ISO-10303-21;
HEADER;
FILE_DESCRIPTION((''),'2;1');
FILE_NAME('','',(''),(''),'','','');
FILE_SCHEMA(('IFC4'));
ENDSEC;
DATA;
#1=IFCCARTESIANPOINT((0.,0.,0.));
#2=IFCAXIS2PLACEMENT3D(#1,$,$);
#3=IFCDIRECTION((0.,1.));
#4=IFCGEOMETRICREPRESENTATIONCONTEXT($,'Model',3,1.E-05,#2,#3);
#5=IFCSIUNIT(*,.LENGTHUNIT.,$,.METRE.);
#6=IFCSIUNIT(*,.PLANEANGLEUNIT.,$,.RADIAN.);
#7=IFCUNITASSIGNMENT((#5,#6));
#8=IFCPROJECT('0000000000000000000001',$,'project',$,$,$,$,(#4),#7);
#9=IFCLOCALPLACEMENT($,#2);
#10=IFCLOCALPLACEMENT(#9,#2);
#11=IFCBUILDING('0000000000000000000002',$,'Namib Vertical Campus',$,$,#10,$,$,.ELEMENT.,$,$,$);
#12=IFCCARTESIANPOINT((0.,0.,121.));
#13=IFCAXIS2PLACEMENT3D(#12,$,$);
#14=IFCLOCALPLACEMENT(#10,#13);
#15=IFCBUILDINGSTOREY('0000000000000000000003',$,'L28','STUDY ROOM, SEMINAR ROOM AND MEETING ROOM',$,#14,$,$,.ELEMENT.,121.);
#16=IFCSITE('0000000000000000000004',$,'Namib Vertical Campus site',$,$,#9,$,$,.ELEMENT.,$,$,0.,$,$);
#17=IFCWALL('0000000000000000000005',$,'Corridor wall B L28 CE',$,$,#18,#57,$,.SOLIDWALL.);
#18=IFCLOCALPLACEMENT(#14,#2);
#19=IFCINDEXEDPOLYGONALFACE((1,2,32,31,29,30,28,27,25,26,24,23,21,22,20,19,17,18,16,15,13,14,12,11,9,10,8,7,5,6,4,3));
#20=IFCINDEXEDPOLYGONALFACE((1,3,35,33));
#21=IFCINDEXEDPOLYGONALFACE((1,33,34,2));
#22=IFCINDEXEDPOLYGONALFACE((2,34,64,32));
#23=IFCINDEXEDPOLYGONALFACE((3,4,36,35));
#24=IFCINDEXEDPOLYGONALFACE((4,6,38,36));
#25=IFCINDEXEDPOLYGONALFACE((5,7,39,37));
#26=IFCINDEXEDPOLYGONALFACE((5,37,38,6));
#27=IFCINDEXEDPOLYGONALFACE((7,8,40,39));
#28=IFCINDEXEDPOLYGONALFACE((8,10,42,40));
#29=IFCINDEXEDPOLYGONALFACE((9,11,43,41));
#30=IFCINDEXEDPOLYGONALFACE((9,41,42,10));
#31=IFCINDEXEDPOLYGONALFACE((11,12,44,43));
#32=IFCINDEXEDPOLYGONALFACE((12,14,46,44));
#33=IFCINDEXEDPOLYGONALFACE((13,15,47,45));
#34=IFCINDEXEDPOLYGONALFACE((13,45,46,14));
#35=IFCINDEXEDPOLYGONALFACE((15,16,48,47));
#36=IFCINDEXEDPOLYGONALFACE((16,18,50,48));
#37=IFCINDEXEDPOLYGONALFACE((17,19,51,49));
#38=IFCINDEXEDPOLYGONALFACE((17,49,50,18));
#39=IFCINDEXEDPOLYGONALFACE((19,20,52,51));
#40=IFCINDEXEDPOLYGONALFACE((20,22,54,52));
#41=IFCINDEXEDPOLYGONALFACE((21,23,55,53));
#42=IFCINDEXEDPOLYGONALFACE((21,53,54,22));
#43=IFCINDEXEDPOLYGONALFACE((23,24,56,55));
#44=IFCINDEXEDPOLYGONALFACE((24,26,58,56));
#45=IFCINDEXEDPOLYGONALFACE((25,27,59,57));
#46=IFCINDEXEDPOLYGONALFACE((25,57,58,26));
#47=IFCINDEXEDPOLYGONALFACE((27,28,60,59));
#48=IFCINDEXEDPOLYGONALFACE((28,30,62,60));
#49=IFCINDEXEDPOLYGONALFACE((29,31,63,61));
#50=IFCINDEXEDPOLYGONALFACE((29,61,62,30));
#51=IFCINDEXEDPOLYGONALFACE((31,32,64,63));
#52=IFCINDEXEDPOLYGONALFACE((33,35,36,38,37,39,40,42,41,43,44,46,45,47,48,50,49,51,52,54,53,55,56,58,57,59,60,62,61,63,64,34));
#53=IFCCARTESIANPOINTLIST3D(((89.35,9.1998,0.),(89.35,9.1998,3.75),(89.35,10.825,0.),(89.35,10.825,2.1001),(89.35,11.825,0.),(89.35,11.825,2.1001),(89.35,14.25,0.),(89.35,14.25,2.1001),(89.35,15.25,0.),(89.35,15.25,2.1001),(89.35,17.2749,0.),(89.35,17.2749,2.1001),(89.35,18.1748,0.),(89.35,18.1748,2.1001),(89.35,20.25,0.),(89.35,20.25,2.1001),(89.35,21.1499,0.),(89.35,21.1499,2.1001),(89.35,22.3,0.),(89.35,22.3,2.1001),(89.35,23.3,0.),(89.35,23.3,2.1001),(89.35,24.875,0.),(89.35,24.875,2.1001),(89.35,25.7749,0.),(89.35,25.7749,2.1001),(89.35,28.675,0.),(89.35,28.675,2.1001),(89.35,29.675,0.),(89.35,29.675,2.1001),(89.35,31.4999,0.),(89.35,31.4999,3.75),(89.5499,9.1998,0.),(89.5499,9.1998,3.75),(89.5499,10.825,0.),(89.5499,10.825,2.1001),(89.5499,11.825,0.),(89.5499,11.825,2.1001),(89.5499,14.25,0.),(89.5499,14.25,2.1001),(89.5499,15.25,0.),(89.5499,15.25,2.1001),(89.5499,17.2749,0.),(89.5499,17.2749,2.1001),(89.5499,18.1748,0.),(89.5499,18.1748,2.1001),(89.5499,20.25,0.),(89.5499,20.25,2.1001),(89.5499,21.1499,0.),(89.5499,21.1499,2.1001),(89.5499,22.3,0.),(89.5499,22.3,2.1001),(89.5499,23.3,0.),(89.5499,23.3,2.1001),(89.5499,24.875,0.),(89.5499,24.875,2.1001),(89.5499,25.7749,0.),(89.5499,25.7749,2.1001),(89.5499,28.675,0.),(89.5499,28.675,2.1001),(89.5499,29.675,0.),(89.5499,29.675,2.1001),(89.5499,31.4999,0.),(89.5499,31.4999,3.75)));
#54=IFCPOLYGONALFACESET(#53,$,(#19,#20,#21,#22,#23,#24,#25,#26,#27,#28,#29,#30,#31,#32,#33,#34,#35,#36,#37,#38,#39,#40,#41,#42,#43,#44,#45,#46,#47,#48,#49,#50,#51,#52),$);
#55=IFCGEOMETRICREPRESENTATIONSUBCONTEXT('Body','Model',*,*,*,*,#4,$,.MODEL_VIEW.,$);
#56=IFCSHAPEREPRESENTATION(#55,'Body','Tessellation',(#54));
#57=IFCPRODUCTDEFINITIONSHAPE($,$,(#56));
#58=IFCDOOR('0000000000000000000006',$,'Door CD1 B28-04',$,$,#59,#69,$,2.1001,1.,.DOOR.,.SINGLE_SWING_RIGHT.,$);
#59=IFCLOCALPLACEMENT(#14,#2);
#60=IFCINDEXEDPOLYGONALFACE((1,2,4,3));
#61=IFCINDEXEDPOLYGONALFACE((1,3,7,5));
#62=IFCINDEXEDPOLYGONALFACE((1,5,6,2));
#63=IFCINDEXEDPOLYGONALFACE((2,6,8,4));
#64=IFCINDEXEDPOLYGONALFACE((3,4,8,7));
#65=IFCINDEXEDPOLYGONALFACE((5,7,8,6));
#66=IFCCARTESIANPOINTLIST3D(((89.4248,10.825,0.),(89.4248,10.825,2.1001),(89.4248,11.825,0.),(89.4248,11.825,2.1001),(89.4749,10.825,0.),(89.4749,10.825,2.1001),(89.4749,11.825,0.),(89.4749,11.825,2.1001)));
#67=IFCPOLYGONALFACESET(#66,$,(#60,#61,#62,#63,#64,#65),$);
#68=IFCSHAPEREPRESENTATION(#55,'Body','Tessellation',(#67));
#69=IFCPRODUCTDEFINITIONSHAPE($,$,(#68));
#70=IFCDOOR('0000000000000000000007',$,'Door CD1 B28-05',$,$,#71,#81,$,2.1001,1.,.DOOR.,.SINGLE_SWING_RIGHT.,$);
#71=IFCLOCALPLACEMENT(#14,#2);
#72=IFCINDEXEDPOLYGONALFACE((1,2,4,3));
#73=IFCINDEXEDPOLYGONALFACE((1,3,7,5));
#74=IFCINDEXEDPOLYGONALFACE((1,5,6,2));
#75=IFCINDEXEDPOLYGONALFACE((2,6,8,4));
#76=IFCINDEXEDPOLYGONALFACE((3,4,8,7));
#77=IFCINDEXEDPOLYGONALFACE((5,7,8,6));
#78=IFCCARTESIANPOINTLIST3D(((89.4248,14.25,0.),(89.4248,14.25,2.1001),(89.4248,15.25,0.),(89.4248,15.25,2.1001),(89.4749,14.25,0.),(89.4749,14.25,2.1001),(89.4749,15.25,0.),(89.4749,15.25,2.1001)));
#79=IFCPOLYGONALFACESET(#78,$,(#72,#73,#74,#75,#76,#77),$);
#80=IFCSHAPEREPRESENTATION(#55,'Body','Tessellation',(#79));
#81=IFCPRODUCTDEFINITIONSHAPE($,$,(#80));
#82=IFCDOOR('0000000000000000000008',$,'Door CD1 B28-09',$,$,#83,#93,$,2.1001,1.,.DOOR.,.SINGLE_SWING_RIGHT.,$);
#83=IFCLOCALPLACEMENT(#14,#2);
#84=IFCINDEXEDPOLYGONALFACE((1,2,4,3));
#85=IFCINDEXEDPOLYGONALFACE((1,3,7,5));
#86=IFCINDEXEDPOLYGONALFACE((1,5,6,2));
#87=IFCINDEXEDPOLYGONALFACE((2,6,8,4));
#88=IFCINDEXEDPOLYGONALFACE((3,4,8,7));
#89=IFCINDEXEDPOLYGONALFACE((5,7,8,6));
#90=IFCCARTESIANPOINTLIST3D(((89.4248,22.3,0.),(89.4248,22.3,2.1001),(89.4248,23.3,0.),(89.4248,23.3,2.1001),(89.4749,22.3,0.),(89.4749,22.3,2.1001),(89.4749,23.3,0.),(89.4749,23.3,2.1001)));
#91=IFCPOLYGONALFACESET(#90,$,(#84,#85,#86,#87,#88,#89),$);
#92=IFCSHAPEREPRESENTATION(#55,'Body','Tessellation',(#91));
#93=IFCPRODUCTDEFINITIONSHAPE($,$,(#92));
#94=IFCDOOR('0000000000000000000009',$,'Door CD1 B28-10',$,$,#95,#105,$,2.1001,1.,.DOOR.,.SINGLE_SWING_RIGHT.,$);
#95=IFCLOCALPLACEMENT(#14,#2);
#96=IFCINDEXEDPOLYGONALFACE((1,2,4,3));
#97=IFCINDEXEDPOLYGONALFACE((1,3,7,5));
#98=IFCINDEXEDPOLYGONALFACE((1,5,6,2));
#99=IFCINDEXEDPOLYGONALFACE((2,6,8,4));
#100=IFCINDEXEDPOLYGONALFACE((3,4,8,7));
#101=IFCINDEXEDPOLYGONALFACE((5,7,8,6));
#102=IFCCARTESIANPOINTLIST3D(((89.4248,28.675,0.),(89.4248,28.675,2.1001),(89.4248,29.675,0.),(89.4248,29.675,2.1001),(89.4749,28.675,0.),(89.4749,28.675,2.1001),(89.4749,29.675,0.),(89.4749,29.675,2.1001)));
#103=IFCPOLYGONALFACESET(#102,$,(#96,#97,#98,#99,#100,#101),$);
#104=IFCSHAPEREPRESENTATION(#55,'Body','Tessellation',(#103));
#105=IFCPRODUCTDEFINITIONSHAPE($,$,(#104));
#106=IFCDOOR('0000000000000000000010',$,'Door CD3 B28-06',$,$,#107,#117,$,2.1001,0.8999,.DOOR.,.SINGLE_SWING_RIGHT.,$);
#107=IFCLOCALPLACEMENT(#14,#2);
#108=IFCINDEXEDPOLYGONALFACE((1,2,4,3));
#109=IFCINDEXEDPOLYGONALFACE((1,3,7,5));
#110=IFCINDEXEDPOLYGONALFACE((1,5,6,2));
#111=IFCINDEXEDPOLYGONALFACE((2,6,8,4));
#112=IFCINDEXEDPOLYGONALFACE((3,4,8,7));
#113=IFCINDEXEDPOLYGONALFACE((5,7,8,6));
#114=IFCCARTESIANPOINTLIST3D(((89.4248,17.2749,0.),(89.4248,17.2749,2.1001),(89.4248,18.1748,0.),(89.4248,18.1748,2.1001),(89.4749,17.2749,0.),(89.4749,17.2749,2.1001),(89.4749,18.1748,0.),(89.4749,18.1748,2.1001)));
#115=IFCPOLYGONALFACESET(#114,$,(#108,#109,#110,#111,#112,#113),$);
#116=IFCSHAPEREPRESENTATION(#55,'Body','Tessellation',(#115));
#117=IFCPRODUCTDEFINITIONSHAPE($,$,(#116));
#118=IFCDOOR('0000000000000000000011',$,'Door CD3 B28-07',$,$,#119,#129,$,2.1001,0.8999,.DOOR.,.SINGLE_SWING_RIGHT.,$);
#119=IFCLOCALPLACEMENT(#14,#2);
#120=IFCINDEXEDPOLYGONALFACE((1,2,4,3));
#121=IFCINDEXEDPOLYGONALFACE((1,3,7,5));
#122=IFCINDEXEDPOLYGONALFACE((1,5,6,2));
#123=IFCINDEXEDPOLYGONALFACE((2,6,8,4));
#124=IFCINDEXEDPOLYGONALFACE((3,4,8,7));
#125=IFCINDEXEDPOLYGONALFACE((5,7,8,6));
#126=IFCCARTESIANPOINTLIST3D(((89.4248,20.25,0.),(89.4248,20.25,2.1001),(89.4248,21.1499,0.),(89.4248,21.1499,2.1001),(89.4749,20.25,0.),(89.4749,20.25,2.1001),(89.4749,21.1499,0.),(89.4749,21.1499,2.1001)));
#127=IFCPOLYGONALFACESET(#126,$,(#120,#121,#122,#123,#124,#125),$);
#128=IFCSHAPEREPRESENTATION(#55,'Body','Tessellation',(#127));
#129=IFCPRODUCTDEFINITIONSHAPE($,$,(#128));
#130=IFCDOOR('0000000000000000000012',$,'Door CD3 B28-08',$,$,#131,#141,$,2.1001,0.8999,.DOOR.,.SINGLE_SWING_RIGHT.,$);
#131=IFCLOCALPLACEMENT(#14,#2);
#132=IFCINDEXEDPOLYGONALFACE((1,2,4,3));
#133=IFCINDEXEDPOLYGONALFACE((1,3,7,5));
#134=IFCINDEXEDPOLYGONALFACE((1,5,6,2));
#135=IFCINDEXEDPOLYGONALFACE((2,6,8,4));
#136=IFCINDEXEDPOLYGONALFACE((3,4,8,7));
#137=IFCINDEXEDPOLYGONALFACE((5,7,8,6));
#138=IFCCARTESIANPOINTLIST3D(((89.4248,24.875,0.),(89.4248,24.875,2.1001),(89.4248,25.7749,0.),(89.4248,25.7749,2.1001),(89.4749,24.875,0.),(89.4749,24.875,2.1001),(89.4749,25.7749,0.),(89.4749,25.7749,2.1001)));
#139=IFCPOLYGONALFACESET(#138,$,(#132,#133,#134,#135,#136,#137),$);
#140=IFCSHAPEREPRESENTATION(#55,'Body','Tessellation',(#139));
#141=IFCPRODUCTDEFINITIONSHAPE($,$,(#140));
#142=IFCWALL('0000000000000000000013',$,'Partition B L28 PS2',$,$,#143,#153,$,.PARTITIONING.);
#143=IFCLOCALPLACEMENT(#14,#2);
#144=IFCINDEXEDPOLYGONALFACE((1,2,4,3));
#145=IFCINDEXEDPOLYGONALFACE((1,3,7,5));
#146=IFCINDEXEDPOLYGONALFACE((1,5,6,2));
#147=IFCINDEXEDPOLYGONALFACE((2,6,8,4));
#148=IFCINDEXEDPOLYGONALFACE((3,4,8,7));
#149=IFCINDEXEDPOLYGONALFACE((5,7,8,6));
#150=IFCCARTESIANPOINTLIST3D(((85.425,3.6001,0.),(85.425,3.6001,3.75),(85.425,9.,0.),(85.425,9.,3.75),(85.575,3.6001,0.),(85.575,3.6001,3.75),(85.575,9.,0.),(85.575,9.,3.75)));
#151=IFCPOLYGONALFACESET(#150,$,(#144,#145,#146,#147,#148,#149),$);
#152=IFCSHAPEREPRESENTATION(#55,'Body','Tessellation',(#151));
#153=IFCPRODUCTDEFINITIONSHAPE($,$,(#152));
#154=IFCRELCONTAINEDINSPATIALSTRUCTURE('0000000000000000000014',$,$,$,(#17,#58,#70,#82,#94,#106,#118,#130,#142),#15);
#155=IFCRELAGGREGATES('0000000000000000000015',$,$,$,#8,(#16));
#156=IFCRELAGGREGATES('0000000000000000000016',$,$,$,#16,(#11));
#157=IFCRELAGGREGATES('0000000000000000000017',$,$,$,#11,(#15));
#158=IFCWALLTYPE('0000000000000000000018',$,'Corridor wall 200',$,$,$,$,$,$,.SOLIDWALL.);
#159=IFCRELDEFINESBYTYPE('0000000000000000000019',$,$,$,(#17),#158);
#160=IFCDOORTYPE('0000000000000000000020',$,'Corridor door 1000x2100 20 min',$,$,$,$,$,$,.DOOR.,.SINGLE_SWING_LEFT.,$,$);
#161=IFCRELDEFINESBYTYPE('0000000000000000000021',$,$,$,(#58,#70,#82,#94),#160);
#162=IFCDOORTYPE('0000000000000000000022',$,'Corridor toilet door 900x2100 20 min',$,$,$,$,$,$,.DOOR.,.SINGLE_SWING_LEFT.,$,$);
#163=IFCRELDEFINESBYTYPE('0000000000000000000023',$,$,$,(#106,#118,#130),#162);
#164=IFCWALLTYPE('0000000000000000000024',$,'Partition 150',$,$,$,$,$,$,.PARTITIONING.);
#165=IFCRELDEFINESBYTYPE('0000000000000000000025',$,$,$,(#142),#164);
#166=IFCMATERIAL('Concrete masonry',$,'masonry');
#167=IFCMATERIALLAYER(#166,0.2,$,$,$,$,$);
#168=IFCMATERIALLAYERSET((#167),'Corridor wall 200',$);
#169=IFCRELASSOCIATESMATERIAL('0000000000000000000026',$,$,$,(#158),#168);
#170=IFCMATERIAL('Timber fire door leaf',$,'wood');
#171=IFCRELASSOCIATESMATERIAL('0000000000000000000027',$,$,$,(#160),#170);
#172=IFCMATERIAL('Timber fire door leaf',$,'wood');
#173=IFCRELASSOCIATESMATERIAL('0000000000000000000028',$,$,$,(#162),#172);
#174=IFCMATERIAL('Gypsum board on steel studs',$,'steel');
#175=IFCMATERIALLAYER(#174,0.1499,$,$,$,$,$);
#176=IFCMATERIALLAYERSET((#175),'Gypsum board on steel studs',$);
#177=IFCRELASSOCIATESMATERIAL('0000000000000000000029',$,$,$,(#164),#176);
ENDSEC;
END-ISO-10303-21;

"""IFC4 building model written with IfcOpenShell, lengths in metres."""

from ifc_helpers import new_model, si_unit, direction, frame, frame_2d, origin, place, context, subcontext, project, spatial, rectangle, extrude, material, layer, layer_set, type_object, element, fill, save


model = new_model("IFC4")

# Units and contexts
model_context = context("Model", 3, precision=1e-05, world=origin(), true_north=direction((0.0, 1.0)))
body_context = subcontext(model_context, "Body", "Model", "MODEL_VIEW")
ifc_project = project(units=[si_unit("LENGTHUNIT", "METRE"), si_unit("PLANEANGLEUNIT", "RADIAN")], contexts=[model_context])

# Site, building, storey
site_placement = place(None, origin())
site = spatial("IfcSite", under=ifc_project, at=site_placement, Name="Namib Vertical Campus site", CompositionType="ELEMENT", RefElevation=0.0)
building_placement = place(site_placement, origin())
building = spatial("IfcBuilding", under=site, at=building_placement, Name="Namib Vertical Campus", CompositionType="ELEMENT")
storey_placement = place(building_placement, frame((0.0, 0.0, 121.0)))
storey = spatial("IfcBuildingStorey", under=building, at=storey_placement, Name="L28", Description="STUDY ROOM, SEMINAR ROOM AND MEETING ROOM", CompositionType="ELEMENT", Elevation=121.0)

# Wall, openings, doors
ifc_material_1 = material(Name="Concrete masonry", Category="masonry")
ifc_layer_1 = layer(ifc_material_1, 0.2)
ifc_layer_set_1 = layer_set([ifc_layer_1], Name="Corridor wall 200")
wall_type_1 = type_object("IfcWallType", Name="Corridor wall 200", PredefinedType="SOLIDWALL", material=ifc_layer_set_1)
wall_1_placement = place(storey_placement, frame((89.45, 9.2, 0.0), z_axis=(0.0, 0.0, 1.0), x_axis=(0.0, 1.0, 0.0)))
wall_1 = element("IfcWall", 1, at=wall_1_placement, inside=storey, type_object=wall_type_1, Name="Corridor wall B L28 CE", PredefinedType="SOLIDWALL", context=body_context, shape_type="SweptSolid", body=[
    extrude(rectangle(XDim=22.3, YDim=0.2, at=frame_2d((11.1499, 0.0))), origin(), (0.0, 0.0, 1.0), 3.75),
])
opening_1_placement = place(wall_1_placement, frame((1.625, 0.0, 0.0)))
opening_1 = element("IfcOpeningElement", 2, at=opening_1_placement, cuts=wall_1, PredefinedType="OPENING", context=body_context, shape_type="SweptSolid", body=[
    extrude(rectangle(XDim=1.0, YDim=2.1001, at=frame_2d((0.5, 1.05))), frame((0.0, 0.1099, 0.0), z_axis=(0.0, -1.0, 0.0), x_axis=(1.0, 0.0, 0.0)), (0.0, 0.0, 1.0), 0.22),
])
opening_2_placement = place(wall_1_placement, frame((5.05, 0.0, 0.0)))
opening_2 = element("IfcOpeningElement", 3, at=opening_2_placement, cuts=wall_1, PredefinedType="OPENING", context=body_context, shape_type="SweptSolid", body=[
    extrude(rectangle(XDim=1.0, YDim=2.1001, at=frame_2d((0.5, 1.05))), frame((0.0, 0.1099, 0.0), z_axis=(0.0, -1.0, 0.0), x_axis=(1.0, 0.0, 0.0)), (0.0, 0.0, 1.0), 0.22),
])
opening_3_placement = place(wall_1_placement, frame((8.075, 0.0, 0.0)))
opening_3 = element("IfcOpeningElement", 4, at=opening_3_placement, cuts=wall_1, PredefinedType="OPENING", context=body_context, shape_type="SweptSolid", body=[
    extrude(rectangle(XDim=0.8999, YDim=2.1001, at=frame_2d((0.45, 1.05))), frame((0.0, 0.1099, 0.0), z_axis=(0.0, -1.0, 0.0), x_axis=(1.0, 0.0, 0.0)), (0.0, 0.0, 1.0), 0.22),
])
opening_4_placement = place(wall_1_placement, frame((11.05, 0.0, 0.0)))
opening_4 = element("IfcOpeningElement", 5, at=opening_4_placement, cuts=wall_1, PredefinedType="OPENING", context=body_context, shape_type="SweptSolid", body=[
    extrude(rectangle(XDim=0.8999, YDim=2.1001, at=frame_2d((0.45, 1.05))), frame((0.0, 0.1099, 0.0), z_axis=(0.0, -1.0, 0.0), x_axis=(1.0, 0.0, 0.0)), (0.0, 0.0, 1.0), 0.22),
])
opening_5_placement = place(wall_1_placement, frame((15.675, 0.0, 0.0)))
opening_5 = element("IfcOpeningElement", 6, at=opening_5_placement, cuts=wall_1, PredefinedType="OPENING", context=body_context, shape_type="SweptSolid", body=[
    extrude(rectangle(XDim=0.8999, YDim=2.1001, at=frame_2d((0.45, 1.05))), frame((0.0, 0.1099, 0.0), z_axis=(0.0, -1.0, 0.0), x_axis=(1.0, 0.0, 0.0)), (0.0, 0.0, 1.0), 0.22),
])
opening_6_placement = place(wall_1_placement, frame((13.1001, 0.0, 0.0)))
opening_6 = element("IfcOpeningElement", 7, at=opening_6_placement, cuts=wall_1, PredefinedType="OPENING", context=body_context, shape_type="SweptSolid", body=[
    extrude(rectangle(XDim=1.0, YDim=2.1001, at=frame_2d((0.5, 1.05))), frame((0.0, 0.1099, 0.0), z_axis=(0.0, -1.0, 0.0), x_axis=(1.0, 0.0, 0.0)), (0.0, 0.0, 1.0), 0.22),
])
opening_7_placement = place(wall_1_placement, frame((19.4751, 0.0, 0.0)))
opening_7 = element("IfcOpeningElement", 8, at=opening_7_placement, cuts=wall_1, PredefinedType="OPENING", context=body_context, shape_type="SweptSolid", body=[
    extrude(rectangle(XDim=1.0, YDim=2.1001, at=frame_2d((0.5, 1.05))), frame((0.0, 0.1099, 0.0), z_axis=(0.0, -1.0, 0.0), x_axis=(1.0, 0.0, 0.0)), (0.0, 0.0, 1.0), 0.22),
])
ifc_material_2 = material(Name="Timber fire door leaf", Category="wood")
door_type_1 = type_object("IfcDoorType", Name="Corridor door 1000x2100 20 min", OperationType="SINGLE_SWING_LEFT", PredefinedType="DOOR", material=ifc_material_2)
door_1_placement = place(opening_1_placement, frame((1.0, 0.0, 0.0), z_axis=(0.0, 0.0, 1.0), x_axis=(-1.0, 0.0, 0.0)))
door_1 = element("IfcDoor", 9, at=door_1_placement, inside=storey, type_object=door_type_1, Name="Door CD1 B28-04", OperationType="SINGLE_SWING_RIGHT", OverallHeight=2.1001, OverallWidth=1.0, PredefinedType="DOOR", context=body_context, shape_type="SweptSolid", body=[
    extrude(rectangle(XDim=1.0, YDim=2.1001, at=frame_2d((0.5, 1.05))), frame((0.0, 0.0249, 0.0), z_axis=(0.0, -1.0, 0.0), x_axis=(1.0, 0.0, 0.0)), (0.0, 0.0, 1.0), 0.05),
])
fill(opening_1, door_1)
door_2_placement = place(opening_2_placement, frame((1.0, 0.0, 0.0), z_axis=(0.0, 0.0, 1.0), x_axis=(-1.0, 0.0, 0.0)))
door_2 = element("IfcDoor", 10, at=door_2_placement, inside=storey, type_object=door_type_1, Name="Door CD1 B28-05", OperationType="SINGLE_SWING_RIGHT", OverallHeight=2.1001, OverallWidth=1.0, PredefinedType="DOOR", context=body_context, shape_type="SweptSolid", body=[
    extrude(rectangle(XDim=1.0, YDim=2.1001, at=frame_2d((0.5, 1.05))), frame((0.0, 0.0249, 0.0), z_axis=(0.0, -1.0, 0.0), x_axis=(1.0, 0.0, 0.0)), (0.0, 0.0, 1.0), 0.05),
])
fill(opening_2, door_2)
door_3_placement = place(opening_6_placement, frame((1.0, 0.0, 0.0), z_axis=(0.0, 0.0, 1.0), x_axis=(-1.0, 0.0, 0.0)))
door_3 = element("IfcDoor", 11, at=door_3_placement, inside=storey, type_object=door_type_1, Name="Door CD1 B28-09", OperationType="SINGLE_SWING_RIGHT", OverallHeight=2.1001, OverallWidth=1.0, PredefinedType="DOOR", context=body_context, shape_type="SweptSolid", body=[
    extrude(rectangle(XDim=1.0, YDim=2.1001, at=frame_2d((0.5, 1.05))), frame((0.0, 0.0249, 0.0), z_axis=(0.0, -1.0, 0.0), x_axis=(1.0, 0.0, 0.0)), (0.0, 0.0, 1.0), 0.05),
])
fill(opening_6, door_3)
door_4_placement = place(opening_7_placement, frame((1.0, 0.0, 0.0), z_axis=(0.0, 0.0, 1.0), x_axis=(-1.0, 0.0, 0.0)))
door_4 = element("IfcDoor", 12, at=door_4_placement, inside=storey, type_object=door_type_1, Name="Door CD1 B28-10", OperationType="SINGLE_SWING_RIGHT", OverallHeight=2.1001, OverallWidth=1.0, PredefinedType="DOOR", context=body_context, shape_type="SweptSolid", body=[
    extrude(rectangle(XDim=1.0, YDim=2.1001, at=frame_2d((0.5, 1.05))), frame((0.0, 0.0249, 0.0), z_axis=(0.0, -1.0, 0.0), x_axis=(1.0, 0.0, 0.0)), (0.0, 0.0, 1.0), 0.05),
])
fill(opening_7, door_4)
ifc_material_3 = material(Name="Timber fire door leaf", Category="wood")
door_type_2 = type_object("IfcDoorType", Name="Corridor toilet door 900x2100 20 min", OperationType="SINGLE_SWING_LEFT", PredefinedType="DOOR", material=ifc_material_3)
door_5_placement = place(opening_3_placement, frame((0.8999, 0.0, 0.0), z_axis=(0.0, 0.0, 1.0), x_axis=(-1.0, 0.0, 0.0)))
door_5 = element("IfcDoor", 13, at=door_5_placement, inside=storey, type_object=door_type_2, Name="Door CD3 B28-06", OperationType="SINGLE_SWING_RIGHT", OverallHeight=2.1001, OverallWidth=0.8999, PredefinedType="DOOR", context=body_context, shape_type="SweptSolid", body=[
    extrude(rectangle(XDim=0.8999, YDim=2.1001, at=frame_2d((0.45, 1.05))), frame((0.0, 0.0249, 0.0), z_axis=(0.0, -1.0, 0.0), x_axis=(1.0, 0.0, 0.0)), (0.0, 0.0, 1.0), 0.05),
])
fill(opening_3, door_5)
door_6_placement = place(opening_4_placement, frame((0.8999, 0.0, 0.0), z_axis=(0.0, 0.0, 1.0), x_axis=(-1.0, 0.0, 0.0)))
door_6 = element("IfcDoor", 14, at=door_6_placement, inside=storey, type_object=door_type_2, Name="Door CD3 B28-07", OperationType="SINGLE_SWING_RIGHT", OverallHeight=2.1001, OverallWidth=0.8999, PredefinedType="DOOR", context=body_context, shape_type="SweptSolid", body=[
    extrude(rectangle(XDim=0.8999, YDim=2.1001, at=frame_2d((0.45, 1.05))), frame((0.0, 0.0249, 0.0), z_axis=(0.0, -1.0, 0.0), x_axis=(1.0, 0.0, 0.0)), (0.0, 0.0, 1.0), 0.05),
])
fill(opening_4, door_6)
door_7_placement = place(opening_5_placement, frame((0.8999, 0.0, 0.0), z_axis=(0.0, 0.0, 1.0), x_axis=(-1.0, 0.0, 0.0)))
door_7 = element("IfcDoor", 15, at=door_7_placement, inside=storey, type_object=door_type_2, Name="Door CD3 B28-08", OperationType="SINGLE_SWING_RIGHT", OverallHeight=2.1001, OverallWidth=0.8999, PredefinedType="DOOR", context=body_context, shape_type="SweptSolid", body=[
    extrude(rectangle(XDim=0.8999, YDim=2.1001, at=frame_2d((0.45, 1.05))), frame((0.0, 0.0249, 0.0), z_axis=(0.0, -1.0, 0.0), x_axis=(1.0, 0.0, 0.0)), (0.0, 0.0, 1.0), 0.05),
])
fill(opening_5, door_7)

# Wall
ifc_material_4 = material(Name="Gypsum board on steel studs", Category="steel")
ifc_layer_2 = layer(ifc_material_4, 0.1499)
ifc_layer_set_2 = layer_set([ifc_layer_2], Name="Gypsum board on steel studs")
wall_type_2 = type_object("IfcWallType", Name="Partition 150", PredefinedType="PARTITIONING", material=ifc_layer_set_2)
wall_2_placement = place(storey_placement, frame((85.5, 3.6001, 0.0), z_axis=(0.0, 0.0, 1.0), x_axis=(0.0, 1.0, 0.0)))
element("IfcWall", 16, at=wall_2_placement, inside=storey, type_object=wall_type_2, Name="Partition B L28 PS2", PredefinedType="PARTITIONING", context=body_context, shape_type="SweptSolid", body=[
    extrude(rectangle(XDim=5.3999, YDim=0.1499, at=frame_2d((2.7, 0.0))), origin(), (0.0, 0.0, 1.0), 3.75),
])

save(model, "model.ifc")
